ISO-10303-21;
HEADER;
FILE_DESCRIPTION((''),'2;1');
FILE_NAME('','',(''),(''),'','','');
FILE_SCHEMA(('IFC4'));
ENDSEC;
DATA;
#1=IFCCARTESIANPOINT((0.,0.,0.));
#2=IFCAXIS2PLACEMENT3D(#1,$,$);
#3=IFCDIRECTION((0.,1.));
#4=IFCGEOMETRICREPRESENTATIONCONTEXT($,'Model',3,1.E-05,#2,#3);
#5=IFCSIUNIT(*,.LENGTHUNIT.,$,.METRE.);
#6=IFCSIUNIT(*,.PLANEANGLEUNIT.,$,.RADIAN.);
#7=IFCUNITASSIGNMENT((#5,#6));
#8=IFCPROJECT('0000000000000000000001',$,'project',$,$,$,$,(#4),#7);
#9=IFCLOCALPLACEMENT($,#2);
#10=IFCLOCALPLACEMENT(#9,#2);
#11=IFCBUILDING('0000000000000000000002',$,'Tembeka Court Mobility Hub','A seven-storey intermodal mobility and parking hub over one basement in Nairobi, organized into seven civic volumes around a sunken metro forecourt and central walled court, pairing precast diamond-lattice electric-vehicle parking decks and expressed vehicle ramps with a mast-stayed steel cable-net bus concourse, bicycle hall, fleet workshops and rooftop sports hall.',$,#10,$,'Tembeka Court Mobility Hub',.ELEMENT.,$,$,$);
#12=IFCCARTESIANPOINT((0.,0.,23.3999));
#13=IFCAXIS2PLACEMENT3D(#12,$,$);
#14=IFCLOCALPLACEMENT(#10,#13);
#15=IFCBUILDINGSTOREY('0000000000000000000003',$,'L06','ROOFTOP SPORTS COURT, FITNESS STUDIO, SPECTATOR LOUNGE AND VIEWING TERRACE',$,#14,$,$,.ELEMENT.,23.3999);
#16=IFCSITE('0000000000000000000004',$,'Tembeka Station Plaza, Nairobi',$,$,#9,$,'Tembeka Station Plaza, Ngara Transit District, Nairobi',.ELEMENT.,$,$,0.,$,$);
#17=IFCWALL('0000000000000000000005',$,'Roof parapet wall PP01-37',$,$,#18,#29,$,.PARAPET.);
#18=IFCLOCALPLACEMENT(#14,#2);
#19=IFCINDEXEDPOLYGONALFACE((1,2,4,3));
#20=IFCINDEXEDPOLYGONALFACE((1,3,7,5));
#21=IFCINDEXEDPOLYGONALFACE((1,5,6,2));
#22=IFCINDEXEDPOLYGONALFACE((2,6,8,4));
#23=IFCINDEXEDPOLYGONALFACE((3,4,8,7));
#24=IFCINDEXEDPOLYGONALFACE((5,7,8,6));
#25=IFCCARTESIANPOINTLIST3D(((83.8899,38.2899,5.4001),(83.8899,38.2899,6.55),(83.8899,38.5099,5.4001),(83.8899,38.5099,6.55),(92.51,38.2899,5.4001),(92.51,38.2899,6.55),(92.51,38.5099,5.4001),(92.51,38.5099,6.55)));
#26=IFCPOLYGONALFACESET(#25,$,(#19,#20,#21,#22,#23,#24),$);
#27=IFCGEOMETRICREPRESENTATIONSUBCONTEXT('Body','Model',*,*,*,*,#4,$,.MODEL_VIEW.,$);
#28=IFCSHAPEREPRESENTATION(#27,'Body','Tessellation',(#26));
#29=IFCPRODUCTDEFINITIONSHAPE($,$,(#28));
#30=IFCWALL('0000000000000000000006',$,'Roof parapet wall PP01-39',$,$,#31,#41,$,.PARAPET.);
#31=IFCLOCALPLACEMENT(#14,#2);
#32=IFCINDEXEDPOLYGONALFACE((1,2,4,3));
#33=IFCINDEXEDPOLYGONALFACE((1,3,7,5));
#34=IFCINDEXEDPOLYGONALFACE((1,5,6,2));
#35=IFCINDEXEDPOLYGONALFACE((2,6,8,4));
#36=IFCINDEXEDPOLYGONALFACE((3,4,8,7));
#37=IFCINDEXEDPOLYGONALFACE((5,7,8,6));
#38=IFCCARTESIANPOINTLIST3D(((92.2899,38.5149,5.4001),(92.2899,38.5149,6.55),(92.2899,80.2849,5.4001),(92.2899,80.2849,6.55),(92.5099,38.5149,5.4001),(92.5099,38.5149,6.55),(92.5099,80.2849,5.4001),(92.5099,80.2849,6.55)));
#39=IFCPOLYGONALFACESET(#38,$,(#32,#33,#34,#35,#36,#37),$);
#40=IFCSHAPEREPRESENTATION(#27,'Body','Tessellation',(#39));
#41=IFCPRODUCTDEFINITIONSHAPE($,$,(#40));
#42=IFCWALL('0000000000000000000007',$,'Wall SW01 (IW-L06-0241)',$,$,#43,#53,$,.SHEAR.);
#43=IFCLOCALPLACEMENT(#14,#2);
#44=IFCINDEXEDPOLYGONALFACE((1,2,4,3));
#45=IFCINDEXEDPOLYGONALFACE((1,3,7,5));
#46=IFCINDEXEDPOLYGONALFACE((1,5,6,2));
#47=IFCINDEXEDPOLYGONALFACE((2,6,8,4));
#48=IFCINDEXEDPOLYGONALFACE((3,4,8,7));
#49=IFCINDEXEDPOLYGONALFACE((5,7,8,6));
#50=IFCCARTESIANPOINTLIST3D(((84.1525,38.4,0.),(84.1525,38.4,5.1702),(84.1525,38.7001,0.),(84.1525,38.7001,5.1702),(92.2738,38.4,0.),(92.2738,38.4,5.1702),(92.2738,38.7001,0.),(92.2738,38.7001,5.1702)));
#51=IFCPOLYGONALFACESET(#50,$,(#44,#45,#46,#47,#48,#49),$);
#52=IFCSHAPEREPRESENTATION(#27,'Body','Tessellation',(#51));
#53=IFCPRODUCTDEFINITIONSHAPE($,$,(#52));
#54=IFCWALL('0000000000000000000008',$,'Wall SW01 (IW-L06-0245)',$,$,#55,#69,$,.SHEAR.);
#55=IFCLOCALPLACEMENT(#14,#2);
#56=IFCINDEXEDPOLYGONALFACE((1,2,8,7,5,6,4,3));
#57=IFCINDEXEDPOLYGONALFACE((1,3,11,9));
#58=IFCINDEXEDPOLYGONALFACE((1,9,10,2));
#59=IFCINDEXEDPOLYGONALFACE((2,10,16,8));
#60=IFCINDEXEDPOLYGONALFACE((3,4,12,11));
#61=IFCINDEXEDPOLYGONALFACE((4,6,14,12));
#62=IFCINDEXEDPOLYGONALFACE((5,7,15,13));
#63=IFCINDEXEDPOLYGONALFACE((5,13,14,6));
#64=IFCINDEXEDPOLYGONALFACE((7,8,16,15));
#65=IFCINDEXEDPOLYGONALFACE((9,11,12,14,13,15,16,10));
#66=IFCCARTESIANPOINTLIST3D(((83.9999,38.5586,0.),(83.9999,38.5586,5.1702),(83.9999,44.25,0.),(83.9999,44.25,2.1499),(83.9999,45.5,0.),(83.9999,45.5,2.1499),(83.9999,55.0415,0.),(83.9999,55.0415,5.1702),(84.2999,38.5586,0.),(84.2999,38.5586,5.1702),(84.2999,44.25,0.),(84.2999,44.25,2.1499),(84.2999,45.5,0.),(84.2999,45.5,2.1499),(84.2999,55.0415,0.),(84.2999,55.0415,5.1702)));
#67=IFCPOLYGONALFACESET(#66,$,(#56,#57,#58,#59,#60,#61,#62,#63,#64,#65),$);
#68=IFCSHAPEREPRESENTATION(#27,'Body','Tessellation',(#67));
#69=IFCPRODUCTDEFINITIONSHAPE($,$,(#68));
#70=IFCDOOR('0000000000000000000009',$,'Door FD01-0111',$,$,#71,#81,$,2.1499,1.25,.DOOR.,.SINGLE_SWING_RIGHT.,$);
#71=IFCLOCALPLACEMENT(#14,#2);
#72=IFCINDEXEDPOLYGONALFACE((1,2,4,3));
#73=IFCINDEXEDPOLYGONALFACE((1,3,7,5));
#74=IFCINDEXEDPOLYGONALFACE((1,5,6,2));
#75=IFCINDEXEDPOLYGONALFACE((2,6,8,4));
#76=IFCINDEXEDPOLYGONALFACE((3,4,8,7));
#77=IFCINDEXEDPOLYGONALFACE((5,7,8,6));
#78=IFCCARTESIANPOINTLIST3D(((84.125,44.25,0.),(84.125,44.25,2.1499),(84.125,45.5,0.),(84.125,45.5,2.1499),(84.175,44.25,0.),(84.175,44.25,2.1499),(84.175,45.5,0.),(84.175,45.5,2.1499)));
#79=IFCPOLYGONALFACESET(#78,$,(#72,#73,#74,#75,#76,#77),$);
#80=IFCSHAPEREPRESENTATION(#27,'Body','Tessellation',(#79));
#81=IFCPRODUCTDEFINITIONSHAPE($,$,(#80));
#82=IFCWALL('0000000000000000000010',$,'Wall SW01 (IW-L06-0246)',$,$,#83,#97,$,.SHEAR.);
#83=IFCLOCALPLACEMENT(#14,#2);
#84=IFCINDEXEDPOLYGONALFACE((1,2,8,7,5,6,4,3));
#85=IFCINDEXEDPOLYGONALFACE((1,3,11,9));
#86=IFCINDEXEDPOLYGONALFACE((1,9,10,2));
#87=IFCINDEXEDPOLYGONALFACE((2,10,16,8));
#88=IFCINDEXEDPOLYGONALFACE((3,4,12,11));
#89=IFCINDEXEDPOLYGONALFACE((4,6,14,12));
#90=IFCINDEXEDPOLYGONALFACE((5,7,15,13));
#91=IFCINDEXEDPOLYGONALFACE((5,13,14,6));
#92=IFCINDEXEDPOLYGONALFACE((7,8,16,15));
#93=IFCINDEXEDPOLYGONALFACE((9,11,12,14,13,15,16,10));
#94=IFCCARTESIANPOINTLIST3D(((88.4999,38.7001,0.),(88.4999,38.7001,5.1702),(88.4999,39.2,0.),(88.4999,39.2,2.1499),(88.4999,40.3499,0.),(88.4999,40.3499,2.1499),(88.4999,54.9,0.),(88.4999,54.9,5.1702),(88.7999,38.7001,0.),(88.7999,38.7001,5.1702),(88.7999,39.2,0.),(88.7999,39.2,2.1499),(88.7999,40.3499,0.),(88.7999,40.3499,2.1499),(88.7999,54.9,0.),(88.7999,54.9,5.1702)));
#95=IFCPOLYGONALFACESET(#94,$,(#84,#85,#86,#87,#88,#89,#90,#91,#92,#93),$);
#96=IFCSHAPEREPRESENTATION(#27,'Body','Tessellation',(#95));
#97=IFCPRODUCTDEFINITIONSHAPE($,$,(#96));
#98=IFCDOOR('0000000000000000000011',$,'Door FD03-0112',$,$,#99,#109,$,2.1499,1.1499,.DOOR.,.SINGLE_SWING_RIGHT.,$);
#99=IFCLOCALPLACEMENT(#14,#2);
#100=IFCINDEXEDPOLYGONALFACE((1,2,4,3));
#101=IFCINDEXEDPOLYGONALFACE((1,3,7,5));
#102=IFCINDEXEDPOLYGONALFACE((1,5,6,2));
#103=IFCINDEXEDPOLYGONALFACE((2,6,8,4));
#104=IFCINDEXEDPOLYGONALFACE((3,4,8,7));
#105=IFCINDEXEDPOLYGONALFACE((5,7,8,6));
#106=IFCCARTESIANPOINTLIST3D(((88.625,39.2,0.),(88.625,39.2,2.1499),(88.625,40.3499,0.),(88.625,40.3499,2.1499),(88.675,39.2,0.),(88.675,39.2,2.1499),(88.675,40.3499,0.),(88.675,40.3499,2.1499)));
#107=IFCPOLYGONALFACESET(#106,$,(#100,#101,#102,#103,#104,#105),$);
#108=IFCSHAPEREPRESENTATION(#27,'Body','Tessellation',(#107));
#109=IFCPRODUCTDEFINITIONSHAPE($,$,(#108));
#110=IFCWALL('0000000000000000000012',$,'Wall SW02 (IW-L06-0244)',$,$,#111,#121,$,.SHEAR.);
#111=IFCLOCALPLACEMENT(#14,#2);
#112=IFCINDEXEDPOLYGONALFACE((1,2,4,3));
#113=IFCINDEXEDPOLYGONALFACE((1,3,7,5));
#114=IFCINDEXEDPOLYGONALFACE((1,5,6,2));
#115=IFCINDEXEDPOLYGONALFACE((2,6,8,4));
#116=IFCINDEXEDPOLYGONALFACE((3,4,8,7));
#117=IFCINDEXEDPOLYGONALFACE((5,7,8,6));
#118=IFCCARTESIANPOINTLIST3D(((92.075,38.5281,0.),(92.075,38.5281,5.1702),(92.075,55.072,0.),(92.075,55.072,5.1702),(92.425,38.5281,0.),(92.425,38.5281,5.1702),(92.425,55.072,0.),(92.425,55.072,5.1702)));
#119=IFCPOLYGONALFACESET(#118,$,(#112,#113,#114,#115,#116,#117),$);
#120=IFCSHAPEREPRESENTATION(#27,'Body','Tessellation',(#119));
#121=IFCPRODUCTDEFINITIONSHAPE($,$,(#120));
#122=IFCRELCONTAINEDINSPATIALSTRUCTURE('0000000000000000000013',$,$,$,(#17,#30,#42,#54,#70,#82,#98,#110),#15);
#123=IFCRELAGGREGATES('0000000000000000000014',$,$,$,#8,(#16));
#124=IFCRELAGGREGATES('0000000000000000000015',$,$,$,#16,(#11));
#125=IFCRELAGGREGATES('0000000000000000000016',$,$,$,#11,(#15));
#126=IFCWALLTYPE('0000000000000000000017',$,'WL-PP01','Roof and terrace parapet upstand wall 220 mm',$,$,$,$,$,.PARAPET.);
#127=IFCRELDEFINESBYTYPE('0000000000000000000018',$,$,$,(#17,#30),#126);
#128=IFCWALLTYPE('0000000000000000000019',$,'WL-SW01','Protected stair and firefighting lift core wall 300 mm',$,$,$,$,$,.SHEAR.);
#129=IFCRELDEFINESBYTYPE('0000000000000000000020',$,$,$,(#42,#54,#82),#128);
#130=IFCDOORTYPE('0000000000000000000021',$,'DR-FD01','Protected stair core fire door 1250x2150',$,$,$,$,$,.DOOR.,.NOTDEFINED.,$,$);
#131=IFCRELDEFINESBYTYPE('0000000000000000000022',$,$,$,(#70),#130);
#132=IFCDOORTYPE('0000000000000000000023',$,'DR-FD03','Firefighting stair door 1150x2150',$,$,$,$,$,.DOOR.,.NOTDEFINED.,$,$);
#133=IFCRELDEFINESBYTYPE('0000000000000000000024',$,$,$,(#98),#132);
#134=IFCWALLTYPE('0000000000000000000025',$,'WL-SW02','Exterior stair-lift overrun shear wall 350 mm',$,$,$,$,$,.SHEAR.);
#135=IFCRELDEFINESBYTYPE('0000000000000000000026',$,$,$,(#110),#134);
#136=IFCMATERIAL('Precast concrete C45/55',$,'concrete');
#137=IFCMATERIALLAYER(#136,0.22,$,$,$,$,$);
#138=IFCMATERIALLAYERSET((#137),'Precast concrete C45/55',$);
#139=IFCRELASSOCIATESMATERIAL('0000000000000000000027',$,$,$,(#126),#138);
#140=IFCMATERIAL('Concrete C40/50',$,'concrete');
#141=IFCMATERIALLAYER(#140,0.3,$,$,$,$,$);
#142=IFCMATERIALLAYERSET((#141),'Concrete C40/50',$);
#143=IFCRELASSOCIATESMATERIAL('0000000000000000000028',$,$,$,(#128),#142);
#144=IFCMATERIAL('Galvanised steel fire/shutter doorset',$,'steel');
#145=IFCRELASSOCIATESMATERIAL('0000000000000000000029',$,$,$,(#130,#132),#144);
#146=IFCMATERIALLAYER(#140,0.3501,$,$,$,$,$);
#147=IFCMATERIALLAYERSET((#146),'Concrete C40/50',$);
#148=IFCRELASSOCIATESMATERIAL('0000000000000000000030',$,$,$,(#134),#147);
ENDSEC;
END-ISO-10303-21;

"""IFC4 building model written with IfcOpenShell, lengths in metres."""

from ifc_helpers import new_model, si_unit, direction, frame, frame_2d, origin, place, context, subcontext, project, spatial, rectangle, extrude, material, layer, layer_set, type_object, element, fill, save


model = new_model("IFC4")

# Units and contexts
model_context = context("Model", 3, precision=1e-05, world=origin(), true_north=direction((0.0, 1.0)))
body_context = subcontext(model_context, "Body", "Model", "MODEL_VIEW")
ifc_project = project(units=[si_unit("LENGTHUNIT", "METRE"), si_unit("PLANEANGLEUNIT", "RADIAN")], contexts=[model_context])

# Site, building, storey
site_placement = place(None, origin())
site = spatial("IfcSite", under=ifc_project, at=site_placement, Name="Tembeka Station Plaza, Nairobi", LongName="Tembeka Station Plaza, Ngara Transit District, Nairobi", CompositionType="ELEMENT", RefElevation=0.0)
building_placement = place(site_placement, origin())
building = spatial("IfcBuilding", under=site, at=building_placement, Name="Tembeka Court Mobility Hub", Description="A seven-storey intermodal mobility and parking hub over one basement in Nairobi, organized into seven civic volumes around a sunken metro forecourt and central walled court, pairing precast diamond-lattice electric-vehicle parking decks and expressed vehicle ramps with a mast-stayed steel cable-net bus concourse, bicycle hall, fleet workshops and rooftop sports hall.", LongName="Tembeka Court Mobility Hub", CompositionType="ELEMENT")
storey_placement = place(building_placement, frame((0.0, 0.0, 23.3999)))
storey = spatial("IfcBuildingStorey", under=building, at=storey_placement, Name="L06", Description="ROOFTOP SPORTS COURT, FITNESS STUDIO, SPECTATOR LOUNGE AND VIEWING TERRACE", CompositionType="ELEMENT", Elevation=23.3999)

# Shared definitions
ifc_material_1 = material(Name="Precast concrete C45/55", Category="concrete")

# Walls
ifc_layer_1 = layer(ifc_material_1, 0.22)
ifc_layer_set_1 = layer_set([ifc_layer_1], Name="Precast concrete C45/55")
wall_type_1 = type_object("IfcWallType", Name="WL-PP01", Description="Roof and terrace parapet upstand wall 220 mm", PredefinedType="PARAPET", material=ifc_layer_set_1)
wall_1_placement = place(storey_placement, frame((83.8899, 38.3999, 5.4001), z_axis=(0.0, 0.0, 1.0), x_axis=(1.0, 0.0, 0.0)))
element("IfcWall", 1, at=wall_1_placement, inside=storey, type_object=wall_type_1, Name="Roof parapet wall PP01-37", PredefinedType="PARAPET", context=body_context, shape_type="SweptSolid", body=[
    extrude(rectangle(XDim=8.6201, YDim=0.22, at=frame_2d((4.3101, 0.0))), origin(), (0.0, 0.0, 1.0), 1.1499),
])
wall_2_placement = place(storey_placement, frame((92.3999, 38.5149, 5.4001), z_axis=(0.0, 0.0, 1.0), x_axis=(0.0, 1.0, 0.0)))
element("IfcWall", 2, at=wall_2_placement, inside=storey, type_object=wall_type_1, Name="Roof parapet wall PP01-39", PredefinedType="PARAPET", context=body_context, shape_type="SweptSolid", body=[
    extrude(rectangle(XDim=41.77, YDim=0.22, at=frame_2d((20.885, 0.0))), origin(), (0.0, 0.0, 1.0), 1.1499),
])
ifc_material_2 = material(Name="Concrete C40/50", Category="concrete")
ifc_layer_2 = layer(ifc_material_2, 0.3)
ifc_layer_set_2 = layer_set([ifc_layer_2], Name="Concrete C40/50")
wall_type_2 = type_object("IfcWallType", Name="WL-SW01", Description="Protected stair and firefighting lift core wall 300 mm", PredefinedType="SHEAR", material=ifc_layer_set_2)
wall_3_placement = place(storey_placement, frame((84.1526, 38.55, 0.0), z_axis=(0.0, 0.0, 1.0), x_axis=(1.0, 0.0, 0.0)))
element("IfcWall", 3, at=wall_3_placement, inside=storey, type_object=wall_type_2, Name="Wall SW01 (IW-L06-0241)", PredefinedType="SHEAR", context=body_context, shape_type="SweptSolid", body=[
    extrude(rectangle(XDim=8.1213, YDim=0.3, at=frame_2d((4.0605, 0.0))), origin(), (0.0, 0.0, 1.0), 5.1702),
])

# Walls, openings, doors
wall_4_placement = place(storey_placement, frame((84.1499, 38.5586, 0.0), z_axis=(0.0, 0.0, 1.0), x_axis=(0.0, 1.0, 0.0)))
wall_4 = element("IfcWall", 4, at=wall_4_placement, inside=storey, type_object=wall_type_2, Name="Wall SW01 (IW-L06-0245)", PredefinedType="SHEAR", context=body_context, shape_type="SweptSolid", body=[
    extrude(rectangle(XDim=16.4829, YDim=0.3, at=frame_2d((8.2415, 0.0))), origin(), (0.0, 0.0, 1.0), 5.1702),
])
opening_1_placement = place(wall_4_placement, frame((5.6914, 0.0, 0.0)))
opening_1 = element("IfcOpeningElement", 5, at=opening_1_placement, cuts=wall_4, PredefinedType="OPENING", context=body_context, shape_type="SweptSolid", body=[
    extrude(rectangle(XDim=1.25, YDim=2.1499, at=frame_2d((0.625, 1.075))), frame((0.0, 0.1602, 0.0), z_axis=(0.0, -1.0, 0.0), x_axis=(1.0, 0.0, 0.0)), (0.0, 0.0, 1.0), 0.3201),
])
ifc_material_3 = material(Name="Galvanised steel fire/shutter doorset", Category="steel")
door_type_1 = type_object("IfcDoorType", Name="DR-FD01", Description="Protected stair core fire door 1250x2150", OperationType="NOTDEFINED", PredefinedType="DOOR", material=ifc_material_3)
door_1_placement = place(opening_1_placement, origin())
door_1 = element("IfcDoor", 6, at=door_1_placement, inside=storey, type_object=door_type_1, Name="Door FD01-0111", OperationType="SINGLE_SWING_RIGHT", OverallHeight=2.1499, OverallWidth=1.25, PredefinedType="DOOR", context=body_context, shape_type="SweptSolid", body=[
    extrude(rectangle(XDim=1.25, YDim=2.1499, at=frame_2d((0.625, 1.075))), frame((0.0, 0.0249, 0.0), z_axis=(0.0, -1.0, 0.0), x_axis=(1.0, 0.0, 0.0)), (0.0, 0.0, 1.0), 0.05),
])
fill(opening_1, door_1)
wall_5_placement = place(storey_placement, frame((88.6499, 38.7, 0.0), z_axis=(0.0, 0.0, 1.0), x_axis=(0.0, 1.0, 0.0)))
wall_5 = element("IfcWall", 7, at=wall_5_placement, inside=storey, type_object=wall_type_2, Name="Wall SW01 (IW-L06-0246)", PredefinedType="SHEAR", context=body_context, shape_type="SweptSolid", body=[
    extrude(rectangle(XDim=16.2, YDim=0.3, at=frame_2d((8.1001, 0.0))), origin(), (0.0, 0.0, 1.0), 5.1702),
])
opening_2_placement = place(wall_5_placement, frame((0.5, 0.0, 0.0)))
opening_2 = element("IfcOpeningElement", 8, at=opening_2_placement, cuts=wall_5, PredefinedType="OPENING", context=body_context, shape_type="SweptSolid", body=[
    extrude(rectangle(XDim=1.1499, YDim=2.1499, at=frame_2d((0.575, 1.075))), frame((0.0, 0.1602, 0.0), z_axis=(0.0, -1.0, 0.0), x_axis=(1.0, 0.0, 0.0)), (0.0, 0.0, 1.0), 0.3201),
])
door_type_2 = type_object("IfcDoorType", Name="DR-FD03", Description="Firefighting stair door 1150x2150", OperationType="NOTDEFINED", PredefinedType="DOOR", material=ifc_material_3)
door_2_placement = place(opening_2_placement, origin())
door_2 = element("IfcDoor", 9, at=door_2_placement, inside=storey, type_object=door_type_2, Name="Door FD03-0112", OperationType="SINGLE_SWING_RIGHT", OverallHeight=2.1499, OverallWidth=1.1499, PredefinedType="DOOR", context=body_context, shape_type="SweptSolid", body=[
    extrude(rectangle(XDim=1.1499, YDim=2.1499, at=frame_2d((0.575, 1.075))), frame((0.0, 0.0249, 0.0), z_axis=(0.0, -1.0, 0.0), x_axis=(1.0, 0.0, 0.0)), (0.0, 0.0, 1.0), 0.05),
])
fill(opening_2, door_2)

# Wall
ifc_layer_3 = layer(ifc_material_2, 0.3501)
ifc_layer_set_3 = layer_set([ifc_layer_3], Name="Concrete C40/50")
wall_type_3 = type_object("IfcWallType", Name="WL-SW02", Description="Exterior stair-lift overrun shear wall 350 mm", PredefinedType="SHEAR", material=ifc_layer_set_3)
wall_6_placement = place(storey_placement, frame((92.25, 38.5281, 0.0), z_axis=(0.0, 0.0, 1.0), x_axis=(0.0, 1.0, 0.0)))
element("IfcWall", 10, at=wall_6_placement, inside=storey, type_object=wall_type_3, Name="Wall SW02 (IW-L06-0244)", PredefinedType="SHEAR", context=body_context, shape_type="SweptSolid", body=[
    extrude(rectangle(XDim=16.5439, YDim=0.3501, at=frame_2d((8.272, 0.0))), origin(), (0.0, 0.0, 1.0), 5.1702),
])

save(model, "model.ifc")
